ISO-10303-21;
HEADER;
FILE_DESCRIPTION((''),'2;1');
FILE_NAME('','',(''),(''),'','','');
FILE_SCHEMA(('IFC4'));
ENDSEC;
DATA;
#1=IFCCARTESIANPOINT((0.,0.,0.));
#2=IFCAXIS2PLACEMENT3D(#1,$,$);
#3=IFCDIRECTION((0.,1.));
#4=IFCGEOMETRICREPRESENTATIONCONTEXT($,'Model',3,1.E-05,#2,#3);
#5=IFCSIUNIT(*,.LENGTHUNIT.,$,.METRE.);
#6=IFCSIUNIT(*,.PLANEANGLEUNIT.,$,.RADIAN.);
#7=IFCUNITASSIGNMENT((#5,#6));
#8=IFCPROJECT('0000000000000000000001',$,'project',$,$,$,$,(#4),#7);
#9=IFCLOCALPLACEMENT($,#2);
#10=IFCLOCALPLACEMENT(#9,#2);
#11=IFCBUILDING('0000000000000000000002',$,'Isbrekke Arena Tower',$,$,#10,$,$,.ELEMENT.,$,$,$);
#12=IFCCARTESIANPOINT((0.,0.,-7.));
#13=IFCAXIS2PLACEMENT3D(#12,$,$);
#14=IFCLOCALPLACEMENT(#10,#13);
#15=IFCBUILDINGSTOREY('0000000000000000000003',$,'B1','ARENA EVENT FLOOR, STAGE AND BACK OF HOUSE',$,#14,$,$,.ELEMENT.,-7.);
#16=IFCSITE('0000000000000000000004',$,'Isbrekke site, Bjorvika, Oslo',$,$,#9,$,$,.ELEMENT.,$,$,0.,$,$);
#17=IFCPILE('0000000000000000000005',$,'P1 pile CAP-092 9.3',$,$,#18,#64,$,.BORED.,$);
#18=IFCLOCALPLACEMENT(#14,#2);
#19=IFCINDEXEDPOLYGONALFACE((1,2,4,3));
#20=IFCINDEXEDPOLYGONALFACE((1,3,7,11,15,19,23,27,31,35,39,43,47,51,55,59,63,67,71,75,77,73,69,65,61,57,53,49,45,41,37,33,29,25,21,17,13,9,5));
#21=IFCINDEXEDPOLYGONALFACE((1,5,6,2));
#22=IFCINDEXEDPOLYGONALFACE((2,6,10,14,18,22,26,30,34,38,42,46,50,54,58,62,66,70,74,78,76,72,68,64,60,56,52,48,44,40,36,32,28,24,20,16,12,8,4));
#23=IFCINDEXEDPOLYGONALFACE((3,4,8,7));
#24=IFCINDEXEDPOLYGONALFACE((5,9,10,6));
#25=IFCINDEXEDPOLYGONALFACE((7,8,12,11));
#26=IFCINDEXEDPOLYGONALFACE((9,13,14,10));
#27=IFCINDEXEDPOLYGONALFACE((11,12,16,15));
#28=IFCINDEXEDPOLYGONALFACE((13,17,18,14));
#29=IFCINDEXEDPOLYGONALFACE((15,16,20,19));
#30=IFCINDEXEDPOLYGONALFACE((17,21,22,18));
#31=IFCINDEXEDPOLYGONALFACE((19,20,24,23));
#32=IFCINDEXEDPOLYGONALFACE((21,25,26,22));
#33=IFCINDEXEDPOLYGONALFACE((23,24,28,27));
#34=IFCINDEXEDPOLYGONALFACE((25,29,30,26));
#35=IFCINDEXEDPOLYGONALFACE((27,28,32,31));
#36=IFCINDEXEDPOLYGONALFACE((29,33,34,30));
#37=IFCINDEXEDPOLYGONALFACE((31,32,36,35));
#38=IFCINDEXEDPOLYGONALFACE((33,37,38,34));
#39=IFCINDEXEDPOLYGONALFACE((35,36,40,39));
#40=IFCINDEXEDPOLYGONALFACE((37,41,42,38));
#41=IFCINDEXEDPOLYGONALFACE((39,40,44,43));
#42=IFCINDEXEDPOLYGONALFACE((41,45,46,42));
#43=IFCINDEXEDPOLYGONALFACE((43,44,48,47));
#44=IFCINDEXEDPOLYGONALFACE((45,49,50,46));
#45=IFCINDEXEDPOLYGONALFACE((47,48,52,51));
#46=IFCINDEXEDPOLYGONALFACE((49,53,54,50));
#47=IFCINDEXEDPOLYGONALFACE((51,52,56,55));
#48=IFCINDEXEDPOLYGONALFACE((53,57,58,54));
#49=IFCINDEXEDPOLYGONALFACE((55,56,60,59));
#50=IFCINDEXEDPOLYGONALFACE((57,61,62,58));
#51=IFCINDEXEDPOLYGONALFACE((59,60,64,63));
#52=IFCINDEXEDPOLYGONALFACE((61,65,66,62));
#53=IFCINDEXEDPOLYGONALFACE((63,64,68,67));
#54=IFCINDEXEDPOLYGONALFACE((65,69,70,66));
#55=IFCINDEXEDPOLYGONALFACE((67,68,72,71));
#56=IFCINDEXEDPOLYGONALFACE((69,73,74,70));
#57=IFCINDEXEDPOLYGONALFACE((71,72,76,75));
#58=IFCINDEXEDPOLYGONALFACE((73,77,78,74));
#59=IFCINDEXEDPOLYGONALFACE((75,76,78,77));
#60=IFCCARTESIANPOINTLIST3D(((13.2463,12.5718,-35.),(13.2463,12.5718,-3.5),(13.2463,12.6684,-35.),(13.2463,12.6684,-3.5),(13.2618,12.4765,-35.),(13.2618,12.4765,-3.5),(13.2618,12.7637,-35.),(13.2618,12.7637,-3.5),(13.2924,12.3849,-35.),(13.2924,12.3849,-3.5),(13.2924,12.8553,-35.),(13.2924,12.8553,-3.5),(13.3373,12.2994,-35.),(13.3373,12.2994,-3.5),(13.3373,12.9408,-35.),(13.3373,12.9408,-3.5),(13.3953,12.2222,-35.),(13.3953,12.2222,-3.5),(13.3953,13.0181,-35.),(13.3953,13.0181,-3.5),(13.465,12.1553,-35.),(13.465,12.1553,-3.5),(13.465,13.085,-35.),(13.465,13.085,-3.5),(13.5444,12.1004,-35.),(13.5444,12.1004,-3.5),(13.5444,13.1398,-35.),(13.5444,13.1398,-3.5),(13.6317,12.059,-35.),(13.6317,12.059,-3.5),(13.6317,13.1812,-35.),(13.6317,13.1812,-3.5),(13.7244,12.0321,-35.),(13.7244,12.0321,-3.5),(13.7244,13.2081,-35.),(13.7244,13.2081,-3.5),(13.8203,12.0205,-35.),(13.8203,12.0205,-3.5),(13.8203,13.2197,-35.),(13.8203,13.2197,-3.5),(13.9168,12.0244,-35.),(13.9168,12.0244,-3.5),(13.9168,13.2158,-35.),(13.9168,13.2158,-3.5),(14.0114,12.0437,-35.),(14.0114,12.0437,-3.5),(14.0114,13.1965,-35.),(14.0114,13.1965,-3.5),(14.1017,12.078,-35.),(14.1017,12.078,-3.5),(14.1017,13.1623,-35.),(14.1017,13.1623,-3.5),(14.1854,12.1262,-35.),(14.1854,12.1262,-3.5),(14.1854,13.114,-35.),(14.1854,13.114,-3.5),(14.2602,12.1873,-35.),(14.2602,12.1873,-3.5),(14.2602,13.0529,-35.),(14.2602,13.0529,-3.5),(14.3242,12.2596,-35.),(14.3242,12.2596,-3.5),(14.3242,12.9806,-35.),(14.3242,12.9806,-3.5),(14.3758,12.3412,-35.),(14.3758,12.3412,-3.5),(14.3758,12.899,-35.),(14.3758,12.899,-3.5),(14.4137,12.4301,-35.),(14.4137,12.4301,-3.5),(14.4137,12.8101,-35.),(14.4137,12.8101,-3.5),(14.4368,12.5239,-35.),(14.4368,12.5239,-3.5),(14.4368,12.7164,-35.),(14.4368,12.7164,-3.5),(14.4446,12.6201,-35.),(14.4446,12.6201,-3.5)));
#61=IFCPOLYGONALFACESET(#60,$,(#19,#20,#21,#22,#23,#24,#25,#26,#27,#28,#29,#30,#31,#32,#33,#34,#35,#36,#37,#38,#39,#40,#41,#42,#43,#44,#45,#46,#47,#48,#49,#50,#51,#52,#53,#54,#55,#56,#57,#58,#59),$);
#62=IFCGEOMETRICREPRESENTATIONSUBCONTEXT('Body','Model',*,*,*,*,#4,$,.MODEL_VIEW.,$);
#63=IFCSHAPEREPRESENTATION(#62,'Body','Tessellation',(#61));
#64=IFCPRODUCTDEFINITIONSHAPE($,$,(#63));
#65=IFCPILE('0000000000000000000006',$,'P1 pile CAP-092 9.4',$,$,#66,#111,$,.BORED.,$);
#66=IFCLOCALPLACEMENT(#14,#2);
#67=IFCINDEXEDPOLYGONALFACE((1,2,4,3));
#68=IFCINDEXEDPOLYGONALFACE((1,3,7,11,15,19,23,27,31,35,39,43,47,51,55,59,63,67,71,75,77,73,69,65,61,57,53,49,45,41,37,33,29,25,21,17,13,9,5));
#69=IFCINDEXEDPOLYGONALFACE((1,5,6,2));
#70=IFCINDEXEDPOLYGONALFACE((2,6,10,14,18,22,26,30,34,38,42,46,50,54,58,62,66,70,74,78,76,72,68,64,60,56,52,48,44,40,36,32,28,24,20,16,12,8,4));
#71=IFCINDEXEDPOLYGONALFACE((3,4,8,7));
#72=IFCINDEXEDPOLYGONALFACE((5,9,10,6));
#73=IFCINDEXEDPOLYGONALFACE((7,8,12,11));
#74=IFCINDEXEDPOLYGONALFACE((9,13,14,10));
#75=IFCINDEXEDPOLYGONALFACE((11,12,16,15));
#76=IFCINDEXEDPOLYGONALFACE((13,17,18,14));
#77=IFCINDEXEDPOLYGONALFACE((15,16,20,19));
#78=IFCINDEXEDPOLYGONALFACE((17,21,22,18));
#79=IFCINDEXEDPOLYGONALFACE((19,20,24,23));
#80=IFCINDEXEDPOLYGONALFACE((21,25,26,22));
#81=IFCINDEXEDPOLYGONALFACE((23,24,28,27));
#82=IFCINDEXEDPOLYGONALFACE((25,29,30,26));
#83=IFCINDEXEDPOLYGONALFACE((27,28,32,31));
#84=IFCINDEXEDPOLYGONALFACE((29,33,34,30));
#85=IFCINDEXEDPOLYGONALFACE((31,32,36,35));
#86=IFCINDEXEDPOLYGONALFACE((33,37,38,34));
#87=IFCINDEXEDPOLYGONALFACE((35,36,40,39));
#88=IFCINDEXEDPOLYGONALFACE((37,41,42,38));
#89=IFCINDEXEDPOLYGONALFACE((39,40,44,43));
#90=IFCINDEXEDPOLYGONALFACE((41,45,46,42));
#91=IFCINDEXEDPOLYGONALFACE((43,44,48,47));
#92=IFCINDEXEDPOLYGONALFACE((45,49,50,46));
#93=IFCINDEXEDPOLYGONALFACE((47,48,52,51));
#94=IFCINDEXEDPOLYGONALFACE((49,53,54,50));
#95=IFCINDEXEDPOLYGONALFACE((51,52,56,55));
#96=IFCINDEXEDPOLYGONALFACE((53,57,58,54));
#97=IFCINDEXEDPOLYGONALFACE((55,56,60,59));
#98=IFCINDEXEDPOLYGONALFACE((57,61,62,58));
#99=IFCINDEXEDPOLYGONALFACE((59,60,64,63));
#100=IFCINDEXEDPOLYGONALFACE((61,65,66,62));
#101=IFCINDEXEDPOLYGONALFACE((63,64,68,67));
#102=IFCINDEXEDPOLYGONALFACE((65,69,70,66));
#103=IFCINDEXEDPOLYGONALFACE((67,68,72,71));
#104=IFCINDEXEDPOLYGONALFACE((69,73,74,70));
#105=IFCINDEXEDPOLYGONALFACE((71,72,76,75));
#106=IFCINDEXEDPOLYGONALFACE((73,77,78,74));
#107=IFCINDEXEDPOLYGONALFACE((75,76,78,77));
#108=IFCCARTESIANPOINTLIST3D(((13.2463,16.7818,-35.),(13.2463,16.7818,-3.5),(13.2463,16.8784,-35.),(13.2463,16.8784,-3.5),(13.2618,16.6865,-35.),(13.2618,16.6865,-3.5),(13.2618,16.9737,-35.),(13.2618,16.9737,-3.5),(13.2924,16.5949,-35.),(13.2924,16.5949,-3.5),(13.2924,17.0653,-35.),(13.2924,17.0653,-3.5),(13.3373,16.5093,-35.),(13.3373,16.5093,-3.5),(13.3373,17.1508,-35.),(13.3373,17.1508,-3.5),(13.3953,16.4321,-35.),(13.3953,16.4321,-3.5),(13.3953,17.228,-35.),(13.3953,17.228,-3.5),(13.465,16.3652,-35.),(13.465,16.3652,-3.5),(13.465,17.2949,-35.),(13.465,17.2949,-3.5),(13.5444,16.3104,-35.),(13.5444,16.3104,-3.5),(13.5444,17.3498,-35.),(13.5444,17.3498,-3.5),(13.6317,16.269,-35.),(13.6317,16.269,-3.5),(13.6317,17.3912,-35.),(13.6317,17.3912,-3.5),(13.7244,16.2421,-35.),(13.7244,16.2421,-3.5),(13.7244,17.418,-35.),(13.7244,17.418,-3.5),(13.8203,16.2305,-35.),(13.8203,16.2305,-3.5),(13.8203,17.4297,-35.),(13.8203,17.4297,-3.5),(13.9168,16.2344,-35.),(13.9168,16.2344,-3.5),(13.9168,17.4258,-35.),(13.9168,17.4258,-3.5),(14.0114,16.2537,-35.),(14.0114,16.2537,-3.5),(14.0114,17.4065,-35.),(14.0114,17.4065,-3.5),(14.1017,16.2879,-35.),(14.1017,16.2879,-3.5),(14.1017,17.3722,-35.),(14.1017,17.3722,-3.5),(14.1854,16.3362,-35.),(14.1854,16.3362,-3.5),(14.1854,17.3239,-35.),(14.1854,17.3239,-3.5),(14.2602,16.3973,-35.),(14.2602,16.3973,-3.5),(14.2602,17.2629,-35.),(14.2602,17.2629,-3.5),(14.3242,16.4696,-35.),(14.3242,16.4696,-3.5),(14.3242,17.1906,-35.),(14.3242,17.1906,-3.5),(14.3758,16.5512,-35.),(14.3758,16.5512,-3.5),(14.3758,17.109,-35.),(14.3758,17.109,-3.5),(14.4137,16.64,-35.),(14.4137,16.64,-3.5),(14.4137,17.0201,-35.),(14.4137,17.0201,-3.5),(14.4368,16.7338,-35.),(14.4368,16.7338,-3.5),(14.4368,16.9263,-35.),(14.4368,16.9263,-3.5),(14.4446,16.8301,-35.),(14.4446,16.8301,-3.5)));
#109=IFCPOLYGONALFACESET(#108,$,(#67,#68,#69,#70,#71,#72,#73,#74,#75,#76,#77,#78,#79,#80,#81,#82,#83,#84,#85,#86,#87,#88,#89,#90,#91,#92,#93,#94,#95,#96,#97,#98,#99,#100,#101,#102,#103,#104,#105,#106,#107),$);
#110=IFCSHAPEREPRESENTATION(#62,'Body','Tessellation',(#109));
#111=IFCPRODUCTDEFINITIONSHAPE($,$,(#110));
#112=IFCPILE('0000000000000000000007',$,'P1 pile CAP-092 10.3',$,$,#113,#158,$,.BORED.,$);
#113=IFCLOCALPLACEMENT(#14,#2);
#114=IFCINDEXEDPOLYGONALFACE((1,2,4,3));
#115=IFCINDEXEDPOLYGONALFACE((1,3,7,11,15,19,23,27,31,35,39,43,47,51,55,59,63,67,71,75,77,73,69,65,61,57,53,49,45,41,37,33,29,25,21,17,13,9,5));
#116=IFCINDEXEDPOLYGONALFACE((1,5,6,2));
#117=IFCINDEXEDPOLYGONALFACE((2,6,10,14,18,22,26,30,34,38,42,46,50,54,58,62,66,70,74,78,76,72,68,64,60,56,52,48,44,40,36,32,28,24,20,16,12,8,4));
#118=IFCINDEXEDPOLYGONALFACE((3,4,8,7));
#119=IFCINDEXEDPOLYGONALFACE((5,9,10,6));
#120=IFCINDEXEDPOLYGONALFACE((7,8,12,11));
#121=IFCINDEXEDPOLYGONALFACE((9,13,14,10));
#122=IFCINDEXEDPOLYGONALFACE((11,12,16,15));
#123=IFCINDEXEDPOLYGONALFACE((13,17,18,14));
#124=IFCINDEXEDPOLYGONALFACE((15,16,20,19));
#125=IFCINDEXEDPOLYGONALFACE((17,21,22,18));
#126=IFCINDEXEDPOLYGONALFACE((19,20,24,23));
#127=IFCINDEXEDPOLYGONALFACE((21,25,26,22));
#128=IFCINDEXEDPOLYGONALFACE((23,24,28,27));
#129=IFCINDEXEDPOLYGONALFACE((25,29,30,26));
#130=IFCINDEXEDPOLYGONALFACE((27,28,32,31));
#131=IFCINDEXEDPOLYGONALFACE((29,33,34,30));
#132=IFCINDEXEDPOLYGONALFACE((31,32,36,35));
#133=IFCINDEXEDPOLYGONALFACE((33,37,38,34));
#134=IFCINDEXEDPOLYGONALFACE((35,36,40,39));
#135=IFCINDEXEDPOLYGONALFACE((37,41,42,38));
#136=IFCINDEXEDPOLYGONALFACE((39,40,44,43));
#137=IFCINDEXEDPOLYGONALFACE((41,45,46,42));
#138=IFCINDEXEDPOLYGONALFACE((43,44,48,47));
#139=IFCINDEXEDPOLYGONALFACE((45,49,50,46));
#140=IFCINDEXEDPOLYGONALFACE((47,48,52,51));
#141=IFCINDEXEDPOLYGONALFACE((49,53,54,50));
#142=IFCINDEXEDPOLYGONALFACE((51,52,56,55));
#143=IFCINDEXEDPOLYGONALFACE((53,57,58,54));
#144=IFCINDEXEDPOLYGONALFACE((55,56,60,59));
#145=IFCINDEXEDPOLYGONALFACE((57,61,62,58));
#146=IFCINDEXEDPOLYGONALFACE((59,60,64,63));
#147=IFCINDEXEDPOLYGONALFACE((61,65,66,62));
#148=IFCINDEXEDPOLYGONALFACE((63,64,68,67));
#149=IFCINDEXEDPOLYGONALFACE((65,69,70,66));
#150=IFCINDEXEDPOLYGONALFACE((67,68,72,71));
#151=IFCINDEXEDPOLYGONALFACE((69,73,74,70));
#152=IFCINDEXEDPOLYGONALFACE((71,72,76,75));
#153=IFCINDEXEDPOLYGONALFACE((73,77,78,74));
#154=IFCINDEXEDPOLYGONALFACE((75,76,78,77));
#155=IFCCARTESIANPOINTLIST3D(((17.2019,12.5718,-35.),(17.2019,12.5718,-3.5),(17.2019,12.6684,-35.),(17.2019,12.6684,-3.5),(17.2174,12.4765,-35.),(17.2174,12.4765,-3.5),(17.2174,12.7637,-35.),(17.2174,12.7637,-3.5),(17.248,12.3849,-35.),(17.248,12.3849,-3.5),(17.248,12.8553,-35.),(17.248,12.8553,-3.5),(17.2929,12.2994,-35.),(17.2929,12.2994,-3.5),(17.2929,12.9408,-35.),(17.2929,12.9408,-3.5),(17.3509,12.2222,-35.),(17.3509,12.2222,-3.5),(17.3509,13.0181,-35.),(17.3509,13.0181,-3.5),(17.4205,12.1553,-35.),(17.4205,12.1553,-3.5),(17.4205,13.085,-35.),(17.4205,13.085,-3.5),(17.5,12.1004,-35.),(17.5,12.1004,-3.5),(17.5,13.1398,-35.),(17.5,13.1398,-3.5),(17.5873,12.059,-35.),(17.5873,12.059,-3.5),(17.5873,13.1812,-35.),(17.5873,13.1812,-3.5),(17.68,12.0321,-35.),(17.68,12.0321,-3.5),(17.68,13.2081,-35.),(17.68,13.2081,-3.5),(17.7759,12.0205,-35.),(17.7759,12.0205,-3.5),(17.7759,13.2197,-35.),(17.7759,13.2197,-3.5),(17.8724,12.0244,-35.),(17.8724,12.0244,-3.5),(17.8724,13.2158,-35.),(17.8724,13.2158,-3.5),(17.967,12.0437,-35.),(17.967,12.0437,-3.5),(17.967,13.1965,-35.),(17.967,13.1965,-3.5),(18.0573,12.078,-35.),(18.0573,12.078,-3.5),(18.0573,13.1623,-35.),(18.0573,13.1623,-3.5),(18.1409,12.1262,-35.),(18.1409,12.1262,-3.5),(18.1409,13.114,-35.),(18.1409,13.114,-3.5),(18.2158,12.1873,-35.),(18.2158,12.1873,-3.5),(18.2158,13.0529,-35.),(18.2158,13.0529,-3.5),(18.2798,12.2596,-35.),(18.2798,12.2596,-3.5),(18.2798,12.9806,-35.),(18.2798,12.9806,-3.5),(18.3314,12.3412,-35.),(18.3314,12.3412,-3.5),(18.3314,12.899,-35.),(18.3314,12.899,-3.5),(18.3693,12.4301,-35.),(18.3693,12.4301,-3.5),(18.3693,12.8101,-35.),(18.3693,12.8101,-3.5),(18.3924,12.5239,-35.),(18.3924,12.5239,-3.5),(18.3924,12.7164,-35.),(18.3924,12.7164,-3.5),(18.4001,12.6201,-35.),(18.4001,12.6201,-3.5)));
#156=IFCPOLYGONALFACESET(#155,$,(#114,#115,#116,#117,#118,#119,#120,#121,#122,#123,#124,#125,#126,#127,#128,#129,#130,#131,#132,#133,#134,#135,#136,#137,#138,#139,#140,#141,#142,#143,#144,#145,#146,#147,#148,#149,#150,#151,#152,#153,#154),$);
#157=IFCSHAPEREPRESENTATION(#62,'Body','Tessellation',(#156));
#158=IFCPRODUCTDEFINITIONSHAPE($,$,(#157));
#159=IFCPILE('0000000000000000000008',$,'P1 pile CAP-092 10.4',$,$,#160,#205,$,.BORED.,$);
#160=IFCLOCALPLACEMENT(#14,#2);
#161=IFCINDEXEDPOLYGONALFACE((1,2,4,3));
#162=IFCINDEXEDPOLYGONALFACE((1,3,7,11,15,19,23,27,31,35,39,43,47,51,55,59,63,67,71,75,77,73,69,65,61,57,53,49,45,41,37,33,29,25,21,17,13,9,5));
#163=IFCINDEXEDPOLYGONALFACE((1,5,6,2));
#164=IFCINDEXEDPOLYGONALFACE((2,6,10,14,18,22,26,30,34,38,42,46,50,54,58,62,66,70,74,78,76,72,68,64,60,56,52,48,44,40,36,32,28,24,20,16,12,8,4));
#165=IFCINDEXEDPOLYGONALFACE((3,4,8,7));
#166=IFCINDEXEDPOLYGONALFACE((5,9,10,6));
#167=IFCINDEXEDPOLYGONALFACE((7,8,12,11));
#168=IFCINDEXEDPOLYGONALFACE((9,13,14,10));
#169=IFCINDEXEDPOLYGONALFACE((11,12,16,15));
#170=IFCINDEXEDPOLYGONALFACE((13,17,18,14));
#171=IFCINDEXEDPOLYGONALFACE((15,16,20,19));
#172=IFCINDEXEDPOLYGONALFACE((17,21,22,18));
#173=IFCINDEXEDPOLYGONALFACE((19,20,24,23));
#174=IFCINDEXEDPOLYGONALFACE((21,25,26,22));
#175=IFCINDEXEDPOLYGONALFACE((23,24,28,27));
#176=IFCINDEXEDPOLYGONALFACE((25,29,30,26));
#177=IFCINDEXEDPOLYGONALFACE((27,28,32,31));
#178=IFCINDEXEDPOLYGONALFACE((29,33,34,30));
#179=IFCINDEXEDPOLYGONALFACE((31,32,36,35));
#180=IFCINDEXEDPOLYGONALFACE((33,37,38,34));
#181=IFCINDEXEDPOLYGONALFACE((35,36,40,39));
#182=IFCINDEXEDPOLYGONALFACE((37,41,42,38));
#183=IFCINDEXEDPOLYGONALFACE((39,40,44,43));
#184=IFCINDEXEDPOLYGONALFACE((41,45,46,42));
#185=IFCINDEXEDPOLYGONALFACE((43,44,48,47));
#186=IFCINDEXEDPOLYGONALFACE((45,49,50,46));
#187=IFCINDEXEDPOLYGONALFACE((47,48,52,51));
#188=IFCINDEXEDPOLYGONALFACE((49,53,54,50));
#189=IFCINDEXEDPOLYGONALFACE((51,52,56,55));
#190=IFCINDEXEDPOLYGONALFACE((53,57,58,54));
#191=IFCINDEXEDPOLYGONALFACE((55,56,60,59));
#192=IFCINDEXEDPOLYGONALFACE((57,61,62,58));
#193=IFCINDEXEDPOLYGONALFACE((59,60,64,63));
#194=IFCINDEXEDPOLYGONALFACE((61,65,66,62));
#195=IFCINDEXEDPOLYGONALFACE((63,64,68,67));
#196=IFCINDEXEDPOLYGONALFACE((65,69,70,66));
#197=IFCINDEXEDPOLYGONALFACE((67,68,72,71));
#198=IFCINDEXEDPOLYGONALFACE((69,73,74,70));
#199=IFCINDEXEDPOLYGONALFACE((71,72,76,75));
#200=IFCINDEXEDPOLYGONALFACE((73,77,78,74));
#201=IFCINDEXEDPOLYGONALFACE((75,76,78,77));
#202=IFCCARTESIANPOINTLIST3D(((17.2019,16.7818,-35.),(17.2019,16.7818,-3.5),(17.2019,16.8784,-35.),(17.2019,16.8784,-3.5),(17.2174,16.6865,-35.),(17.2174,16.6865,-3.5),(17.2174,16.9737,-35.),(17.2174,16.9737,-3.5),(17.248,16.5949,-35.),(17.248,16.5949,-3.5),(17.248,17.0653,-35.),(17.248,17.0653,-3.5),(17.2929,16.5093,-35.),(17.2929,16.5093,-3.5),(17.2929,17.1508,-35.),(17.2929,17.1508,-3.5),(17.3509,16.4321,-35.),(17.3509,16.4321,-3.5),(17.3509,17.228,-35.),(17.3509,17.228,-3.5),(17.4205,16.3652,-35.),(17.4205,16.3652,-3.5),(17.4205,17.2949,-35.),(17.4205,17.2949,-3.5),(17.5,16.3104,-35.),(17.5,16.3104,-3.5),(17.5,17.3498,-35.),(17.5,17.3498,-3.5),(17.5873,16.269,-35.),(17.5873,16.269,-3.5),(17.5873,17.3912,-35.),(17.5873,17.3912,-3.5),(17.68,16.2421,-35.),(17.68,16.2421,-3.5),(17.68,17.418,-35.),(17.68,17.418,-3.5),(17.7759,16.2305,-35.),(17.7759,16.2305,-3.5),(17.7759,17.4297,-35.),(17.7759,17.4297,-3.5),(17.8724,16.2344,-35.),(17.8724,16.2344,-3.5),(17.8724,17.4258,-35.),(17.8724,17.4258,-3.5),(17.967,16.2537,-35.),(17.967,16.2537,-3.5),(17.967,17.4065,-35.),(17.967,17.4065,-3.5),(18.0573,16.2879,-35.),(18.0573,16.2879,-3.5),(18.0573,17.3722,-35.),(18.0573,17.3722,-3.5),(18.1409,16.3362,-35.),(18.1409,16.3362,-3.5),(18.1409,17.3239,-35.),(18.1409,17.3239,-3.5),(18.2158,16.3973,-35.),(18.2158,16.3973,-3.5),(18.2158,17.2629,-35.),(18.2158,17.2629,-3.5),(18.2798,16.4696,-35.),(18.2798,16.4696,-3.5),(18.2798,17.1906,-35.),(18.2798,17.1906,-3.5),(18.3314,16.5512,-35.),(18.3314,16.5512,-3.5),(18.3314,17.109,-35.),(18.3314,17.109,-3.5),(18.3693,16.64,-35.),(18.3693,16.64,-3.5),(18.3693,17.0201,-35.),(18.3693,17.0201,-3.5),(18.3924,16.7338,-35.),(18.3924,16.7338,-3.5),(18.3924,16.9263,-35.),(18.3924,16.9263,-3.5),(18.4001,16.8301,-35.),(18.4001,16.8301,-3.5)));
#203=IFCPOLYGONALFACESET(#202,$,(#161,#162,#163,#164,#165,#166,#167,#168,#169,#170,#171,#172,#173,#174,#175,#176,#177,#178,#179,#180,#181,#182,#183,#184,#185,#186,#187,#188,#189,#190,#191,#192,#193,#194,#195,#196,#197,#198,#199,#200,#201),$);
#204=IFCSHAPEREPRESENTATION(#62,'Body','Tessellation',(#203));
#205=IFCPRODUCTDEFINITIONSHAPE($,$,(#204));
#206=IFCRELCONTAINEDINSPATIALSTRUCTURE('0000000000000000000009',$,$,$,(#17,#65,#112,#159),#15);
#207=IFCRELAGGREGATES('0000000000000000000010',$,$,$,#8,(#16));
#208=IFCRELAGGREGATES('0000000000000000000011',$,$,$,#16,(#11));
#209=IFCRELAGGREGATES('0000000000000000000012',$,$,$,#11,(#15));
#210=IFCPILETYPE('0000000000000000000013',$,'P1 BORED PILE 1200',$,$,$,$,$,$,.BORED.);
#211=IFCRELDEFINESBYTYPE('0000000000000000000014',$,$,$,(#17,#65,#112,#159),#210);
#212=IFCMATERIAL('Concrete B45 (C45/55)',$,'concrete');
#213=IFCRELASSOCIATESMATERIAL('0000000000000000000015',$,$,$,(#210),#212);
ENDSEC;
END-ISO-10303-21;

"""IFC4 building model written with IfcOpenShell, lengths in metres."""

from ifc_helpers import new_model, si_unit, direction, frame, origin, origin_2d, place, context, subcontext, project, spatial, circle, extrude, material, material_profile, profile_set, type_object, element, save


model = new_model("IFC4")

# Units and contexts
model_context = context("Model", 3, precision=1e-05, world=origin(), true_north=direction((0.0, 1.0)))
body_context = subcontext(model_context, "Body", "Model", "MODEL_VIEW")
ifc_project = project(units=[si_unit("LENGTHUNIT", "METRE"), si_unit("PLANEANGLEUNIT", "RADIAN")], contexts=[model_context])

# Site, building, storey
site_placement = place(None, origin())
site = spatial("IfcSite", under=ifc_project, at=site_placement, Name="Isbrekke site, Bjorvika, Oslo", CompositionType="ELEMENT", RefElevation=0.0)
building_placement = place(site_placement, origin())
building = spatial("IfcBuilding", under=site, at=building_placement, Name="Isbrekke Arena Tower", CompositionType="ELEMENT")
storey_placement = place(building_placement, frame((0.0, 0.0, -7.0)))
storey = spatial("IfcBuildingStorey", under=building, at=storey_placement, Name="B1", Description="ARENA EVENT FLOOR, STAGE AND BACK OF HOUSE", CompositionType="ELEMENT", Elevation=-7.0)

# Piles
ifc_material_1 = material(Name="Concrete B45 (C45/55)", Category="concrete")
ifc_material_profile_1 = material_profile(ifc_material_1, circle(Radius=0.6001, at=origin_2d()), Name="BORED PILE D1200")
ifc_profile_set_1 = profile_set([ifc_material_profile_1], Name="Concrete B45 (C45/55)")
pile_type = type_object("IfcPileType", Name="P1 BORED PILE 1200", PredefinedType="BORED", material=ifc_profile_set_1)
for number, where, z_axis, x_axis, name in (
    (1, (13.8445, 12.6201, -3.5), (0.0, 0.0, -1.0), (1.0, 0.0, 0.0), "P1 pile CAP-092 9.3"),
    (2, (13.8445, 16.8301, -3.5), (0.0, 0.0, -1.0), (1.0, 0.0, 0.0), "P1 pile CAP-092 9.4"),
    (3, (17.8, 12.6201, -3.5), (0.0, 0.0, -1.0), (1.0, 0.0, 0.0), "P1 pile CAP-092 10.3"),
    (4, (17.8, 16.8301, -3.5), (0.0, 0.0, -1.0), (1.0, 0.0, 0.0), "P1 pile CAP-092 10.4"),
):
    element("IfcPile", number, at=place(storey_placement, frame(where, z_axis=z_axis, x_axis=x_axis)), inside=storey, type_object=pile_type, Name=name, PredefinedType="BORED", context=body_context, shape_type="SweptSolid", body=[
        extrude(circle(Radius=0.6001, at=origin_2d()), origin(), (0.0, 0.0, 1.0), 31.5),
    ])

save(model, "model.ifc")
